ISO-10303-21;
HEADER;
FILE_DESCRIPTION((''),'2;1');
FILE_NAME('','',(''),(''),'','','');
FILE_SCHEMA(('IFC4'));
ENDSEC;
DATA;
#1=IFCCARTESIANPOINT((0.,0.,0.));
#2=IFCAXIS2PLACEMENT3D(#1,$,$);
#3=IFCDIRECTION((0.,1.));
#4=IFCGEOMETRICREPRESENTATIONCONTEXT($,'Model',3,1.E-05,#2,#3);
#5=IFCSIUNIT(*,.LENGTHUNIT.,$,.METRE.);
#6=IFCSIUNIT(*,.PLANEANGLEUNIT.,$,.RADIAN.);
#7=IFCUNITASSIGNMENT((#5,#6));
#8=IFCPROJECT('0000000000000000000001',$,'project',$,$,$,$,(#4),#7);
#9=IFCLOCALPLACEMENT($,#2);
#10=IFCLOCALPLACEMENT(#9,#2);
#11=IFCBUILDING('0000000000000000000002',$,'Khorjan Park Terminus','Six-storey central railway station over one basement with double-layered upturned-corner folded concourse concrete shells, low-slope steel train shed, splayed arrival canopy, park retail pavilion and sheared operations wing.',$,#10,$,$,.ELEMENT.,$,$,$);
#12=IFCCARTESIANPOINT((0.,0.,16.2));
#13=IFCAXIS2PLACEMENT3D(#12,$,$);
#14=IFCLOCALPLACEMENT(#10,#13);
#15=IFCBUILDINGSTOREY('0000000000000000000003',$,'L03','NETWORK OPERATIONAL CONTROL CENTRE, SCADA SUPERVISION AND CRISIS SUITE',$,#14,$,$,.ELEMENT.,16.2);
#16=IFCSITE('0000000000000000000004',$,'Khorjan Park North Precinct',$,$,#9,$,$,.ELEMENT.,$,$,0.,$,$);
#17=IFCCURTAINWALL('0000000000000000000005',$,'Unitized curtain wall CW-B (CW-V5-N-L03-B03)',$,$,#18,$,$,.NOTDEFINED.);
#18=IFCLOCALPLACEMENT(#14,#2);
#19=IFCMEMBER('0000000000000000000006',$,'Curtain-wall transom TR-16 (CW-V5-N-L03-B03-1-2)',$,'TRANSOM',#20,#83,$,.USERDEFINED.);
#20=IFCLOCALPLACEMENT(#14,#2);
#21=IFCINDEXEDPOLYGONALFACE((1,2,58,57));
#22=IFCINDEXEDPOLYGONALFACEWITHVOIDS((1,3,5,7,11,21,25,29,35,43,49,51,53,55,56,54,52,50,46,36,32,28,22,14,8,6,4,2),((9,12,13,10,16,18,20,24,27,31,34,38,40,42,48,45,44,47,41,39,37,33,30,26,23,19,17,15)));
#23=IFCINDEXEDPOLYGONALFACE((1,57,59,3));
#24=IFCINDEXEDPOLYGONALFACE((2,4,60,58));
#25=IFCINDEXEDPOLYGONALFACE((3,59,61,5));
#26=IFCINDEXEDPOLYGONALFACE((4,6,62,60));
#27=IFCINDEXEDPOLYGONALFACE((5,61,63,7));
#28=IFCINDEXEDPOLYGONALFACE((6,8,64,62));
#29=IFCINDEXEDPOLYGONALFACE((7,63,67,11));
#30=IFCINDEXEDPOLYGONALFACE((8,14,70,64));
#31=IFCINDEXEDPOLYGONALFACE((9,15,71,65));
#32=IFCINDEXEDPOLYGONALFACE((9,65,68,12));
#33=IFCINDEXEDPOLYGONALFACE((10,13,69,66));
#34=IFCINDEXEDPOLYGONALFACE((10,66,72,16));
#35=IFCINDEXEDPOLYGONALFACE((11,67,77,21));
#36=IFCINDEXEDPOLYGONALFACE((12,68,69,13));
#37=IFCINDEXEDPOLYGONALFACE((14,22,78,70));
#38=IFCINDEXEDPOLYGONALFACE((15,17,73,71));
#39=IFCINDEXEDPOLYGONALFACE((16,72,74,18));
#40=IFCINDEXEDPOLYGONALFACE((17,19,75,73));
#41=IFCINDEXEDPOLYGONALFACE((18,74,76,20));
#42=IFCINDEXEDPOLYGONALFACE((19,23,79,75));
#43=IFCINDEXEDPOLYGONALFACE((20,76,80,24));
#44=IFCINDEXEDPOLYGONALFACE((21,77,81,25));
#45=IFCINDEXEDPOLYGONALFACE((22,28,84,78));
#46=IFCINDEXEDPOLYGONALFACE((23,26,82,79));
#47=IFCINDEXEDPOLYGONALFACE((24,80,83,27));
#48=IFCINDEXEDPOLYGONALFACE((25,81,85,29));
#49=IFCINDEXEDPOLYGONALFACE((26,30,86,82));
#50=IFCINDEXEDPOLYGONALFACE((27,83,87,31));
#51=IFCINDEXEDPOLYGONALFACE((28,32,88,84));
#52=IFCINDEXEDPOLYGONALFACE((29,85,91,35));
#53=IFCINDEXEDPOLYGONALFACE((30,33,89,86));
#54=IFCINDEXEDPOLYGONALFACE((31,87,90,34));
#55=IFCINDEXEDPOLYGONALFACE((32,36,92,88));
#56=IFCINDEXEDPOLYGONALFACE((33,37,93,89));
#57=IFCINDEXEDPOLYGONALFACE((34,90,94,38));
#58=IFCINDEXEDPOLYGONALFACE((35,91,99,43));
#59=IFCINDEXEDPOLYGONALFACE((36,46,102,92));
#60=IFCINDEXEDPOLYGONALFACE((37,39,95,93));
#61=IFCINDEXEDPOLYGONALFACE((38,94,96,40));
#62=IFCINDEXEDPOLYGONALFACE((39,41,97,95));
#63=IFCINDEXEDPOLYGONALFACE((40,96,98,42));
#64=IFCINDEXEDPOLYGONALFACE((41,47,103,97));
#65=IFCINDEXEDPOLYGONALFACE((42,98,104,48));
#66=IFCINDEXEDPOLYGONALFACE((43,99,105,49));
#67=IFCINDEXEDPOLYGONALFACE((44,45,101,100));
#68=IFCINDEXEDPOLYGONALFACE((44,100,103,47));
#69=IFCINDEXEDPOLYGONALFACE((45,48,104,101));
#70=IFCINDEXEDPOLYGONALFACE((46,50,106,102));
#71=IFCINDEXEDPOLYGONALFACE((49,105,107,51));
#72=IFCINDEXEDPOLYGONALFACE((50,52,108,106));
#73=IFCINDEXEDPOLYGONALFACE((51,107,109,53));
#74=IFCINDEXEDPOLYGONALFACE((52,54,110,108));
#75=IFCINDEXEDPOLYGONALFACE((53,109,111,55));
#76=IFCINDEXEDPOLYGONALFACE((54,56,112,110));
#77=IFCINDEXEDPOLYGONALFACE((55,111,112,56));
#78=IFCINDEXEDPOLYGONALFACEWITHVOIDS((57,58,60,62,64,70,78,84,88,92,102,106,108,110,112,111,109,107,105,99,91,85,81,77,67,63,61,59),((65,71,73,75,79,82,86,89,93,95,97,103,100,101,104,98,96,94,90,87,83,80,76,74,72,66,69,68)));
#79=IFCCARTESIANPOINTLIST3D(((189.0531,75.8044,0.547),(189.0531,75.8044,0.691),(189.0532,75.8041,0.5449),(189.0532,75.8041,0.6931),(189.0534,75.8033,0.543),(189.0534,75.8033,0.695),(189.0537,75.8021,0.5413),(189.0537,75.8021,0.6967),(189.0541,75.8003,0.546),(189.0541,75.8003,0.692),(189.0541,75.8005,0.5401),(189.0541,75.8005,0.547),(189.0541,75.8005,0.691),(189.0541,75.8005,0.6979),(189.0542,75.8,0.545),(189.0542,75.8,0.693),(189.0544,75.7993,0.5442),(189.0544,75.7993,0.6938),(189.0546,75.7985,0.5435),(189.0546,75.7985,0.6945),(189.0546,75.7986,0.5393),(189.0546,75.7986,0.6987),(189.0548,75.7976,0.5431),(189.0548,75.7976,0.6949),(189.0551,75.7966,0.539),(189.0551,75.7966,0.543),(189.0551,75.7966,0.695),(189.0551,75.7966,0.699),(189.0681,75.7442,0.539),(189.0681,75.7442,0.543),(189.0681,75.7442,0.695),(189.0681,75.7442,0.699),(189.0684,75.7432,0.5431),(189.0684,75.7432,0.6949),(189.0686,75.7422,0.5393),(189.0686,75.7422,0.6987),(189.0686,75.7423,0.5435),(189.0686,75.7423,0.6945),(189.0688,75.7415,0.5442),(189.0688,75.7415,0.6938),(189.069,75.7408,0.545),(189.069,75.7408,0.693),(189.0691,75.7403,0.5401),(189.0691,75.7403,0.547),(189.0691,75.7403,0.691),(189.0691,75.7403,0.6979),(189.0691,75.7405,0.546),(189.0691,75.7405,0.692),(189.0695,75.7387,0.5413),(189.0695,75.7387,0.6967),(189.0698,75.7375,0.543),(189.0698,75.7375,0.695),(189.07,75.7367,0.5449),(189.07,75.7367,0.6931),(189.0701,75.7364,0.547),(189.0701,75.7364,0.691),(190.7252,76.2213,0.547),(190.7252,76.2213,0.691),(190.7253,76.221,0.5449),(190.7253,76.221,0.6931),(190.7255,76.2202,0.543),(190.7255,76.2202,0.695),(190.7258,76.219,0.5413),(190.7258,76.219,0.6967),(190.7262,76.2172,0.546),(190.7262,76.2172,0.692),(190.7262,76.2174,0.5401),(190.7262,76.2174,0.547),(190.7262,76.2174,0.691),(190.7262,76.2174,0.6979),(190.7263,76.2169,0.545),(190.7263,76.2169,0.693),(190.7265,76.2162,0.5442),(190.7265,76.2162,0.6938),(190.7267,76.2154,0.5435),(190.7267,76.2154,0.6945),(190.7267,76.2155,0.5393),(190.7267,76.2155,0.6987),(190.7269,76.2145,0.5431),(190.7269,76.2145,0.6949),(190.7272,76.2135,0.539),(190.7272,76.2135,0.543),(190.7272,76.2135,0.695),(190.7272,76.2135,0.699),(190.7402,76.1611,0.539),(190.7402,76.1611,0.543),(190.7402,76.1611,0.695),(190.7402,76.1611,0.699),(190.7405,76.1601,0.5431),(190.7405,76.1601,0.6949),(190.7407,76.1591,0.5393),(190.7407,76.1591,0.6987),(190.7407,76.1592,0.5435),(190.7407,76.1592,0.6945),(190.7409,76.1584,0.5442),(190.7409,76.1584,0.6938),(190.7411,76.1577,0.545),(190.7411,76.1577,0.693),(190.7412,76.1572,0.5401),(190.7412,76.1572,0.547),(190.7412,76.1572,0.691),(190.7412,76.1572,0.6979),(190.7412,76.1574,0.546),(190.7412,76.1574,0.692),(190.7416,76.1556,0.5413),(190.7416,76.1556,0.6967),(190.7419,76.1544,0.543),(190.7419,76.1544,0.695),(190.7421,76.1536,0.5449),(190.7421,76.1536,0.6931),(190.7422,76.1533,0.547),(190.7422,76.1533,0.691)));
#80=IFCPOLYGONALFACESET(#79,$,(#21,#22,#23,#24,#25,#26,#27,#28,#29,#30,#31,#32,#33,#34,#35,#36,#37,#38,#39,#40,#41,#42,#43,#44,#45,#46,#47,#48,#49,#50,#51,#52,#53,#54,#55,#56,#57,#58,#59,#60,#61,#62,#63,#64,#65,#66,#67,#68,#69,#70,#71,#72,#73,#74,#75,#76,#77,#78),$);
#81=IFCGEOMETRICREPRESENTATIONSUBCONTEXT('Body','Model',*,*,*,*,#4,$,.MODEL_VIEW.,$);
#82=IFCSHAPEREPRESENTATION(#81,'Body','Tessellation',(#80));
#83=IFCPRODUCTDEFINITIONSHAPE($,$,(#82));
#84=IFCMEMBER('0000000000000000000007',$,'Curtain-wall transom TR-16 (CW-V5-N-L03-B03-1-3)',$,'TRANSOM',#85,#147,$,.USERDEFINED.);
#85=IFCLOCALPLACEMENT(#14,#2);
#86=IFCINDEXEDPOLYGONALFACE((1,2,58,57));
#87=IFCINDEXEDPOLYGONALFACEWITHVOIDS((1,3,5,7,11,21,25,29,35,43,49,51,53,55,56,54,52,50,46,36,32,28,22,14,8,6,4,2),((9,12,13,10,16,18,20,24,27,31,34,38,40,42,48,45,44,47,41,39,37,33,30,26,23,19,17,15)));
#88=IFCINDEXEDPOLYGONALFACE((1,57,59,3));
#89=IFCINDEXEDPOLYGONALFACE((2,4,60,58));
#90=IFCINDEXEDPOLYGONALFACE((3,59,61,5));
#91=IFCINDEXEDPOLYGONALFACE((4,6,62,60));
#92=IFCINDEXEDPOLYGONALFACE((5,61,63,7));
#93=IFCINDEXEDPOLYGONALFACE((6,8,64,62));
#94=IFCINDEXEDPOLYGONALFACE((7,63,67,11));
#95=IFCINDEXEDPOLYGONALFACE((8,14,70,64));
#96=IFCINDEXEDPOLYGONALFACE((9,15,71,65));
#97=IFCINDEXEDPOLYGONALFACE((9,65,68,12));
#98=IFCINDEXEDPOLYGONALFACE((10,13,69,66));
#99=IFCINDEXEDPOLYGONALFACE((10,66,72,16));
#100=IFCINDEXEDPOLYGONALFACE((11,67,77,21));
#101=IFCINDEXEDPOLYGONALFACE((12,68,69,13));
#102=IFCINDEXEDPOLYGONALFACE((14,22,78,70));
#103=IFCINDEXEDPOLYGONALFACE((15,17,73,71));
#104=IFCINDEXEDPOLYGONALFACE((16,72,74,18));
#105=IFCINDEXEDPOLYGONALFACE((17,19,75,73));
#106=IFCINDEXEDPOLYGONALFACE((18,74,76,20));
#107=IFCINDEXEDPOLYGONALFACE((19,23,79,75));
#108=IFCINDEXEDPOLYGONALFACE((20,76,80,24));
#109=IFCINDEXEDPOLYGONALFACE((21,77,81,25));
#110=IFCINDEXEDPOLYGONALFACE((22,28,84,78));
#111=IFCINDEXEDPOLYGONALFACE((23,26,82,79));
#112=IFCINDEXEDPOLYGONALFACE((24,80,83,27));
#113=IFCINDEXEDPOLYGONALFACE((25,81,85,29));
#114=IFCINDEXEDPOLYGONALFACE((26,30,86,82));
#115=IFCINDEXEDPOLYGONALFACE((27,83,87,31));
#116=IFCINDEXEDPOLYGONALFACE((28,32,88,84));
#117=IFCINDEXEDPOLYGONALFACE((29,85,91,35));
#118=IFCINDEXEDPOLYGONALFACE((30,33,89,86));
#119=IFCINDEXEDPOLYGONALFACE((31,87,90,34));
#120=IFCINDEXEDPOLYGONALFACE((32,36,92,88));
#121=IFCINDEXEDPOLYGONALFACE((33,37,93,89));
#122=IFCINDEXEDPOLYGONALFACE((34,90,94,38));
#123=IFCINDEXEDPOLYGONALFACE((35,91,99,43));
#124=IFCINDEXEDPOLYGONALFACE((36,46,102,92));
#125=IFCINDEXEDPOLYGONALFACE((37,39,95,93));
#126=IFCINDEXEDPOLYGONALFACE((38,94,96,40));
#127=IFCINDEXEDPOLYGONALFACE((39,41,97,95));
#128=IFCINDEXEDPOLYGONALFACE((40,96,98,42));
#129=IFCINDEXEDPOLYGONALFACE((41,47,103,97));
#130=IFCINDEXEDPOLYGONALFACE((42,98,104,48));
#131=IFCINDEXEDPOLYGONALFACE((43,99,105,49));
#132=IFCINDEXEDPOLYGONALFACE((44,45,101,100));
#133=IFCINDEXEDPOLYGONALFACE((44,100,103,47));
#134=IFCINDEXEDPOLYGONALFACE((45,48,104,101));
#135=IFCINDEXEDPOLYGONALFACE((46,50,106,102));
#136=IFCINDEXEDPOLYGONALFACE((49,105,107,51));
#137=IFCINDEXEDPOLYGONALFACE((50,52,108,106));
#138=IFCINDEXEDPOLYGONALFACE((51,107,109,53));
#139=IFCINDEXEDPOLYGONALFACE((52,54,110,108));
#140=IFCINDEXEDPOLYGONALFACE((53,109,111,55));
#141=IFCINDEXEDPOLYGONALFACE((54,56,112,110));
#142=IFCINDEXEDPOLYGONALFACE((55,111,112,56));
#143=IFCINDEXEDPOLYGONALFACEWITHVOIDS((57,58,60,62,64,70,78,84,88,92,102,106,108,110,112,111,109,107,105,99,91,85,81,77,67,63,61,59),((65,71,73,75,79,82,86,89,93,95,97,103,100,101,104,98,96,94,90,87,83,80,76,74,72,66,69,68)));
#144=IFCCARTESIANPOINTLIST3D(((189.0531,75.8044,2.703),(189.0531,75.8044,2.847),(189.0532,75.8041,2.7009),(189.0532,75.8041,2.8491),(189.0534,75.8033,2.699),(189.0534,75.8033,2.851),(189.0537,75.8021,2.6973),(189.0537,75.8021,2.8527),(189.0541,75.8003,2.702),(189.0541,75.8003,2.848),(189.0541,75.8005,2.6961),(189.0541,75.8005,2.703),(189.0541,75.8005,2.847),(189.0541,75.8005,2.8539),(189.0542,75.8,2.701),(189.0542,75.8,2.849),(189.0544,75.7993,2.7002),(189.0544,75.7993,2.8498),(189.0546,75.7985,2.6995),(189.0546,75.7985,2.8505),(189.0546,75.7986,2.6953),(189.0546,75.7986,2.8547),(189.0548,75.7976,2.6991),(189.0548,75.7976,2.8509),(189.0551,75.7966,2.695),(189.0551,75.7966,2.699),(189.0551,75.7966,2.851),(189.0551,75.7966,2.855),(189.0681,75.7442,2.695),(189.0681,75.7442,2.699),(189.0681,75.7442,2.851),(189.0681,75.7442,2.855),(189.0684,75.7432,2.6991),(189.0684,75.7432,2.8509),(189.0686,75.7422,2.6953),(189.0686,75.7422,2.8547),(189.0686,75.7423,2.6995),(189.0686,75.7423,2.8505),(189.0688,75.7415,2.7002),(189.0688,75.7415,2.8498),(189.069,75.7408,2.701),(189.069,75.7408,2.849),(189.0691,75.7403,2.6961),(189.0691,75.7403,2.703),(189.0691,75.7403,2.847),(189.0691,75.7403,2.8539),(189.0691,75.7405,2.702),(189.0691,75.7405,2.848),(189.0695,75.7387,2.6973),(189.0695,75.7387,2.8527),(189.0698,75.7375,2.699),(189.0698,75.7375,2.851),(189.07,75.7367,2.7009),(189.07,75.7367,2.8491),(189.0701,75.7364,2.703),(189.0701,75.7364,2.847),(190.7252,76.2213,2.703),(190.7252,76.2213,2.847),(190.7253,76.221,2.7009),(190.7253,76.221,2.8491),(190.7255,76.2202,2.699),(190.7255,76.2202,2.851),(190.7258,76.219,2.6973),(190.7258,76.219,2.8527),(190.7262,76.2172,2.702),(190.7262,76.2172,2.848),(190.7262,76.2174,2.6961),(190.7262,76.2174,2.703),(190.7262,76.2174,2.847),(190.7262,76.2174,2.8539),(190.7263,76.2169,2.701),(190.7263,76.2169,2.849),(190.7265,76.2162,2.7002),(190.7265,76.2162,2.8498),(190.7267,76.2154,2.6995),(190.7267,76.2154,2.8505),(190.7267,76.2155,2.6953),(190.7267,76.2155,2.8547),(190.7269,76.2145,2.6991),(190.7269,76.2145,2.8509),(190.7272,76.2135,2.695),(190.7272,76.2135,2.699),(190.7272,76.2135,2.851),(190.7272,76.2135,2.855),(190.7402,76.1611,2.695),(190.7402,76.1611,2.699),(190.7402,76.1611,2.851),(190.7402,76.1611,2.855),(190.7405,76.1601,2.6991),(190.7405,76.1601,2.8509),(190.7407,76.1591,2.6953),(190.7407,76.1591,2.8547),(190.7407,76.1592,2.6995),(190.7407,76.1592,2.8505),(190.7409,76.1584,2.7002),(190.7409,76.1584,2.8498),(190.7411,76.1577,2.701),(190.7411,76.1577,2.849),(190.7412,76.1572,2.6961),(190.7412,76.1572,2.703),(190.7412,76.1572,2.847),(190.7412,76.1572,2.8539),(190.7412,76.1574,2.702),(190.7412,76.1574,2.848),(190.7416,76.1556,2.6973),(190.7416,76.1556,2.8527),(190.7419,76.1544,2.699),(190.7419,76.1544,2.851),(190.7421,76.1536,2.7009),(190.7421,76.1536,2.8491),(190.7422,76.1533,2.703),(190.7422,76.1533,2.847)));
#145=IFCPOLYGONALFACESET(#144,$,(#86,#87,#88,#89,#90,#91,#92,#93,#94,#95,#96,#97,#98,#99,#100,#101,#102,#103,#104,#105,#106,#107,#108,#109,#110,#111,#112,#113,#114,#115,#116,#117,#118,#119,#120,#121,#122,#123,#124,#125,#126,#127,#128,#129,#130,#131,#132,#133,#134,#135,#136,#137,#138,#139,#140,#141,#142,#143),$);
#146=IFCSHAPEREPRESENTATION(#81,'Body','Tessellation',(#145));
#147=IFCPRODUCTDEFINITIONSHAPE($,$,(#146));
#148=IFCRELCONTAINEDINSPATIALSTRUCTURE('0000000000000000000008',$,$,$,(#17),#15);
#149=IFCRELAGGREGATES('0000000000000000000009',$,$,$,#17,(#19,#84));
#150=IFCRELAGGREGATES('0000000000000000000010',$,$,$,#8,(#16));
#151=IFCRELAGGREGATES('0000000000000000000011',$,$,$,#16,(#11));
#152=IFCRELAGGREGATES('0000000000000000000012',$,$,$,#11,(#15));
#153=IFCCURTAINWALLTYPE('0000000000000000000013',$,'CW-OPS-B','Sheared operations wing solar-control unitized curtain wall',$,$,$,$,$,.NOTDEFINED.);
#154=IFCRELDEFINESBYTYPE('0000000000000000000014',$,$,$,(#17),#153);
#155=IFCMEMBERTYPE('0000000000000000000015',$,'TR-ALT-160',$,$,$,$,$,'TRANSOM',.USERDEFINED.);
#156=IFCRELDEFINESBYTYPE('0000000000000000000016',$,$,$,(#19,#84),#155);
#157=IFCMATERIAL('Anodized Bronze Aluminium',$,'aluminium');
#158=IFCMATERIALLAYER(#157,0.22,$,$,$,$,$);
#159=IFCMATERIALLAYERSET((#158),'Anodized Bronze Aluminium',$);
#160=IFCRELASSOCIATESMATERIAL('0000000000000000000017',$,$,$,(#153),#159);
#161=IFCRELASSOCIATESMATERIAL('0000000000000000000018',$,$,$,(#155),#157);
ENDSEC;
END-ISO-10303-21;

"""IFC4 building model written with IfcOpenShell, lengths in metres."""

from ifc_helpers import new_model, si_unit, direction, frame, origin, origin_2d, place, context, subcontext, project, spatial, hollow_rectangle, extrude, material, layer, layer_set, material_profile, profile_set, type_object, element, aggregate, save


model = new_model("IFC4")

# Units and contexts
model_context = context("Model", 3, precision=1e-05, world=origin(), true_north=direction((0.0, 1.0)))
body_context = subcontext(model_context, "Body", "Model", "MODEL_VIEW")
ifc_project = project(units=[si_unit("LENGTHUNIT", "METRE"), si_unit("PLANEANGLEUNIT", "RADIAN")], contexts=[model_context])

# Site, building, storey
site_placement = place(None, origin())
site = spatial("IfcSite", under=ifc_project, at=site_placement, Name="Khorjan Park North Precinct", CompositionType="ELEMENT", RefElevation=0.0)
building_placement = place(site_placement, origin())
building = spatial("IfcBuilding", under=site, at=building_placement, Name="Khorjan Park Terminus", Description="Six-storey central railway station over one basement with double-layered upturned-corner folded concourse concrete shells, low-slope steel train shed, splayed arrival canopy, park retail pavilion and sheared operations wing.", CompositionType="ELEMENT")
storey_placement = place(building_placement, frame((0.0, 0.0, 16.2)))
storey = spatial("IfcBuildingStorey", under=building, at=storey_placement, Name="L03", Description="NETWORK OPERATIONAL CONTROL CENTRE, SCADA SUPERVISION AND CRISIS SUITE", CompositionType="ELEMENT", Elevation=16.2)

# Curtain wall, members
ifc_material_1 = material(Name="Anodized Bronze Aluminium", Category="aluminium")
ifc_layer_1 = layer(ifc_material_1, 0.22)
ifc_layer_set_1 = layer_set([ifc_layer_1], Name="Anodized Bronze Aluminium")
curtain_wall_type = type_object("IfcCurtainWallType", Name="CW-OPS-B", Description="Sheared operations wing solar-control unitized curtain wall", PredefinedType="NOTDEFINED", material=ifc_layer_set_1)
curtain_wall_placement = place(storey_placement, origin())
curtain_wall = element("IfcCurtainWall", 1, at=curtain_wall_placement, inside=storey, type_object=curtain_wall_type, Name="Unitized curtain wall CW-B (CW-V5-N-L03-B03)", PredefinedType="NOTDEFINED")
ifc_material_profile_1 = material_profile(ifc_material_1, hollow_rectangle(XDim=0.07, YDim=0.16, WallThickness=0.004, InnerFilletRadius=0.004, OuterFilletRadius=0.008, at=origin_2d()), Name="ALT 70x160x4")
ifc_profile_set_1 = profile_set([ifc_material_profile_1], Name="Anodized Bronze Aluminium")
member_type_1 = type_object("IfcMemberType", Name="TR-ALT-160", ElementType="TRANSOM", PredefinedType="USERDEFINED", material=ifc_profile_set_1)
member_1_placement = place(storey_placement, frame((190.7337, 76.1873, 0.619), z_axis=(-0.970296, -0.241921, 0.0), x_axis=(0.241921, -0.970296, 0.0)))
member_1 = element("IfcMember", 2, at=member_1_placement, type_object=member_type_1, Name="Curtain-wall transom TR-16 (CW-V5-N-L03-B03-1-2)", ObjectType="TRANSOM", PredefinedType="USERDEFINED", context=body_context, shape_type="SweptSolid", body=[
    extrude(hollow_rectangle(XDim=0.07, YDim=0.16, WallThickness=0.004, InnerFilletRadius=0.004, OuterFilletRadius=0.008, at=origin_2d()), origin(), (0.0, 0.0, 1.0), 1.7233),
])
member_2_placement = place(storey_placement, frame((190.7337, 76.1873, 2.775), z_axis=(-0.970296, -0.241921, 0.0), x_axis=(0.241921, -0.970296, 0.0)))
member_2 = element("IfcMember", 3, at=member_2_placement, type_object=member_type_1, Name="Curtain-wall transom TR-16 (CW-V5-N-L03-B03-1-3)", ObjectType="TRANSOM", PredefinedType="USERDEFINED", context=body_context, shape_type="SweptSolid", body=[
    extrude(hollow_rectangle(XDim=0.07, YDim=0.16, WallThickness=0.004, InnerFilletRadius=0.004, OuterFilletRadius=0.008, at=origin_2d()), origin(), (0.0, 0.0, 1.0), 1.7233),
])
aggregate(curtain_wall, [member_1, member_2])

save(model, "model.ifc")
